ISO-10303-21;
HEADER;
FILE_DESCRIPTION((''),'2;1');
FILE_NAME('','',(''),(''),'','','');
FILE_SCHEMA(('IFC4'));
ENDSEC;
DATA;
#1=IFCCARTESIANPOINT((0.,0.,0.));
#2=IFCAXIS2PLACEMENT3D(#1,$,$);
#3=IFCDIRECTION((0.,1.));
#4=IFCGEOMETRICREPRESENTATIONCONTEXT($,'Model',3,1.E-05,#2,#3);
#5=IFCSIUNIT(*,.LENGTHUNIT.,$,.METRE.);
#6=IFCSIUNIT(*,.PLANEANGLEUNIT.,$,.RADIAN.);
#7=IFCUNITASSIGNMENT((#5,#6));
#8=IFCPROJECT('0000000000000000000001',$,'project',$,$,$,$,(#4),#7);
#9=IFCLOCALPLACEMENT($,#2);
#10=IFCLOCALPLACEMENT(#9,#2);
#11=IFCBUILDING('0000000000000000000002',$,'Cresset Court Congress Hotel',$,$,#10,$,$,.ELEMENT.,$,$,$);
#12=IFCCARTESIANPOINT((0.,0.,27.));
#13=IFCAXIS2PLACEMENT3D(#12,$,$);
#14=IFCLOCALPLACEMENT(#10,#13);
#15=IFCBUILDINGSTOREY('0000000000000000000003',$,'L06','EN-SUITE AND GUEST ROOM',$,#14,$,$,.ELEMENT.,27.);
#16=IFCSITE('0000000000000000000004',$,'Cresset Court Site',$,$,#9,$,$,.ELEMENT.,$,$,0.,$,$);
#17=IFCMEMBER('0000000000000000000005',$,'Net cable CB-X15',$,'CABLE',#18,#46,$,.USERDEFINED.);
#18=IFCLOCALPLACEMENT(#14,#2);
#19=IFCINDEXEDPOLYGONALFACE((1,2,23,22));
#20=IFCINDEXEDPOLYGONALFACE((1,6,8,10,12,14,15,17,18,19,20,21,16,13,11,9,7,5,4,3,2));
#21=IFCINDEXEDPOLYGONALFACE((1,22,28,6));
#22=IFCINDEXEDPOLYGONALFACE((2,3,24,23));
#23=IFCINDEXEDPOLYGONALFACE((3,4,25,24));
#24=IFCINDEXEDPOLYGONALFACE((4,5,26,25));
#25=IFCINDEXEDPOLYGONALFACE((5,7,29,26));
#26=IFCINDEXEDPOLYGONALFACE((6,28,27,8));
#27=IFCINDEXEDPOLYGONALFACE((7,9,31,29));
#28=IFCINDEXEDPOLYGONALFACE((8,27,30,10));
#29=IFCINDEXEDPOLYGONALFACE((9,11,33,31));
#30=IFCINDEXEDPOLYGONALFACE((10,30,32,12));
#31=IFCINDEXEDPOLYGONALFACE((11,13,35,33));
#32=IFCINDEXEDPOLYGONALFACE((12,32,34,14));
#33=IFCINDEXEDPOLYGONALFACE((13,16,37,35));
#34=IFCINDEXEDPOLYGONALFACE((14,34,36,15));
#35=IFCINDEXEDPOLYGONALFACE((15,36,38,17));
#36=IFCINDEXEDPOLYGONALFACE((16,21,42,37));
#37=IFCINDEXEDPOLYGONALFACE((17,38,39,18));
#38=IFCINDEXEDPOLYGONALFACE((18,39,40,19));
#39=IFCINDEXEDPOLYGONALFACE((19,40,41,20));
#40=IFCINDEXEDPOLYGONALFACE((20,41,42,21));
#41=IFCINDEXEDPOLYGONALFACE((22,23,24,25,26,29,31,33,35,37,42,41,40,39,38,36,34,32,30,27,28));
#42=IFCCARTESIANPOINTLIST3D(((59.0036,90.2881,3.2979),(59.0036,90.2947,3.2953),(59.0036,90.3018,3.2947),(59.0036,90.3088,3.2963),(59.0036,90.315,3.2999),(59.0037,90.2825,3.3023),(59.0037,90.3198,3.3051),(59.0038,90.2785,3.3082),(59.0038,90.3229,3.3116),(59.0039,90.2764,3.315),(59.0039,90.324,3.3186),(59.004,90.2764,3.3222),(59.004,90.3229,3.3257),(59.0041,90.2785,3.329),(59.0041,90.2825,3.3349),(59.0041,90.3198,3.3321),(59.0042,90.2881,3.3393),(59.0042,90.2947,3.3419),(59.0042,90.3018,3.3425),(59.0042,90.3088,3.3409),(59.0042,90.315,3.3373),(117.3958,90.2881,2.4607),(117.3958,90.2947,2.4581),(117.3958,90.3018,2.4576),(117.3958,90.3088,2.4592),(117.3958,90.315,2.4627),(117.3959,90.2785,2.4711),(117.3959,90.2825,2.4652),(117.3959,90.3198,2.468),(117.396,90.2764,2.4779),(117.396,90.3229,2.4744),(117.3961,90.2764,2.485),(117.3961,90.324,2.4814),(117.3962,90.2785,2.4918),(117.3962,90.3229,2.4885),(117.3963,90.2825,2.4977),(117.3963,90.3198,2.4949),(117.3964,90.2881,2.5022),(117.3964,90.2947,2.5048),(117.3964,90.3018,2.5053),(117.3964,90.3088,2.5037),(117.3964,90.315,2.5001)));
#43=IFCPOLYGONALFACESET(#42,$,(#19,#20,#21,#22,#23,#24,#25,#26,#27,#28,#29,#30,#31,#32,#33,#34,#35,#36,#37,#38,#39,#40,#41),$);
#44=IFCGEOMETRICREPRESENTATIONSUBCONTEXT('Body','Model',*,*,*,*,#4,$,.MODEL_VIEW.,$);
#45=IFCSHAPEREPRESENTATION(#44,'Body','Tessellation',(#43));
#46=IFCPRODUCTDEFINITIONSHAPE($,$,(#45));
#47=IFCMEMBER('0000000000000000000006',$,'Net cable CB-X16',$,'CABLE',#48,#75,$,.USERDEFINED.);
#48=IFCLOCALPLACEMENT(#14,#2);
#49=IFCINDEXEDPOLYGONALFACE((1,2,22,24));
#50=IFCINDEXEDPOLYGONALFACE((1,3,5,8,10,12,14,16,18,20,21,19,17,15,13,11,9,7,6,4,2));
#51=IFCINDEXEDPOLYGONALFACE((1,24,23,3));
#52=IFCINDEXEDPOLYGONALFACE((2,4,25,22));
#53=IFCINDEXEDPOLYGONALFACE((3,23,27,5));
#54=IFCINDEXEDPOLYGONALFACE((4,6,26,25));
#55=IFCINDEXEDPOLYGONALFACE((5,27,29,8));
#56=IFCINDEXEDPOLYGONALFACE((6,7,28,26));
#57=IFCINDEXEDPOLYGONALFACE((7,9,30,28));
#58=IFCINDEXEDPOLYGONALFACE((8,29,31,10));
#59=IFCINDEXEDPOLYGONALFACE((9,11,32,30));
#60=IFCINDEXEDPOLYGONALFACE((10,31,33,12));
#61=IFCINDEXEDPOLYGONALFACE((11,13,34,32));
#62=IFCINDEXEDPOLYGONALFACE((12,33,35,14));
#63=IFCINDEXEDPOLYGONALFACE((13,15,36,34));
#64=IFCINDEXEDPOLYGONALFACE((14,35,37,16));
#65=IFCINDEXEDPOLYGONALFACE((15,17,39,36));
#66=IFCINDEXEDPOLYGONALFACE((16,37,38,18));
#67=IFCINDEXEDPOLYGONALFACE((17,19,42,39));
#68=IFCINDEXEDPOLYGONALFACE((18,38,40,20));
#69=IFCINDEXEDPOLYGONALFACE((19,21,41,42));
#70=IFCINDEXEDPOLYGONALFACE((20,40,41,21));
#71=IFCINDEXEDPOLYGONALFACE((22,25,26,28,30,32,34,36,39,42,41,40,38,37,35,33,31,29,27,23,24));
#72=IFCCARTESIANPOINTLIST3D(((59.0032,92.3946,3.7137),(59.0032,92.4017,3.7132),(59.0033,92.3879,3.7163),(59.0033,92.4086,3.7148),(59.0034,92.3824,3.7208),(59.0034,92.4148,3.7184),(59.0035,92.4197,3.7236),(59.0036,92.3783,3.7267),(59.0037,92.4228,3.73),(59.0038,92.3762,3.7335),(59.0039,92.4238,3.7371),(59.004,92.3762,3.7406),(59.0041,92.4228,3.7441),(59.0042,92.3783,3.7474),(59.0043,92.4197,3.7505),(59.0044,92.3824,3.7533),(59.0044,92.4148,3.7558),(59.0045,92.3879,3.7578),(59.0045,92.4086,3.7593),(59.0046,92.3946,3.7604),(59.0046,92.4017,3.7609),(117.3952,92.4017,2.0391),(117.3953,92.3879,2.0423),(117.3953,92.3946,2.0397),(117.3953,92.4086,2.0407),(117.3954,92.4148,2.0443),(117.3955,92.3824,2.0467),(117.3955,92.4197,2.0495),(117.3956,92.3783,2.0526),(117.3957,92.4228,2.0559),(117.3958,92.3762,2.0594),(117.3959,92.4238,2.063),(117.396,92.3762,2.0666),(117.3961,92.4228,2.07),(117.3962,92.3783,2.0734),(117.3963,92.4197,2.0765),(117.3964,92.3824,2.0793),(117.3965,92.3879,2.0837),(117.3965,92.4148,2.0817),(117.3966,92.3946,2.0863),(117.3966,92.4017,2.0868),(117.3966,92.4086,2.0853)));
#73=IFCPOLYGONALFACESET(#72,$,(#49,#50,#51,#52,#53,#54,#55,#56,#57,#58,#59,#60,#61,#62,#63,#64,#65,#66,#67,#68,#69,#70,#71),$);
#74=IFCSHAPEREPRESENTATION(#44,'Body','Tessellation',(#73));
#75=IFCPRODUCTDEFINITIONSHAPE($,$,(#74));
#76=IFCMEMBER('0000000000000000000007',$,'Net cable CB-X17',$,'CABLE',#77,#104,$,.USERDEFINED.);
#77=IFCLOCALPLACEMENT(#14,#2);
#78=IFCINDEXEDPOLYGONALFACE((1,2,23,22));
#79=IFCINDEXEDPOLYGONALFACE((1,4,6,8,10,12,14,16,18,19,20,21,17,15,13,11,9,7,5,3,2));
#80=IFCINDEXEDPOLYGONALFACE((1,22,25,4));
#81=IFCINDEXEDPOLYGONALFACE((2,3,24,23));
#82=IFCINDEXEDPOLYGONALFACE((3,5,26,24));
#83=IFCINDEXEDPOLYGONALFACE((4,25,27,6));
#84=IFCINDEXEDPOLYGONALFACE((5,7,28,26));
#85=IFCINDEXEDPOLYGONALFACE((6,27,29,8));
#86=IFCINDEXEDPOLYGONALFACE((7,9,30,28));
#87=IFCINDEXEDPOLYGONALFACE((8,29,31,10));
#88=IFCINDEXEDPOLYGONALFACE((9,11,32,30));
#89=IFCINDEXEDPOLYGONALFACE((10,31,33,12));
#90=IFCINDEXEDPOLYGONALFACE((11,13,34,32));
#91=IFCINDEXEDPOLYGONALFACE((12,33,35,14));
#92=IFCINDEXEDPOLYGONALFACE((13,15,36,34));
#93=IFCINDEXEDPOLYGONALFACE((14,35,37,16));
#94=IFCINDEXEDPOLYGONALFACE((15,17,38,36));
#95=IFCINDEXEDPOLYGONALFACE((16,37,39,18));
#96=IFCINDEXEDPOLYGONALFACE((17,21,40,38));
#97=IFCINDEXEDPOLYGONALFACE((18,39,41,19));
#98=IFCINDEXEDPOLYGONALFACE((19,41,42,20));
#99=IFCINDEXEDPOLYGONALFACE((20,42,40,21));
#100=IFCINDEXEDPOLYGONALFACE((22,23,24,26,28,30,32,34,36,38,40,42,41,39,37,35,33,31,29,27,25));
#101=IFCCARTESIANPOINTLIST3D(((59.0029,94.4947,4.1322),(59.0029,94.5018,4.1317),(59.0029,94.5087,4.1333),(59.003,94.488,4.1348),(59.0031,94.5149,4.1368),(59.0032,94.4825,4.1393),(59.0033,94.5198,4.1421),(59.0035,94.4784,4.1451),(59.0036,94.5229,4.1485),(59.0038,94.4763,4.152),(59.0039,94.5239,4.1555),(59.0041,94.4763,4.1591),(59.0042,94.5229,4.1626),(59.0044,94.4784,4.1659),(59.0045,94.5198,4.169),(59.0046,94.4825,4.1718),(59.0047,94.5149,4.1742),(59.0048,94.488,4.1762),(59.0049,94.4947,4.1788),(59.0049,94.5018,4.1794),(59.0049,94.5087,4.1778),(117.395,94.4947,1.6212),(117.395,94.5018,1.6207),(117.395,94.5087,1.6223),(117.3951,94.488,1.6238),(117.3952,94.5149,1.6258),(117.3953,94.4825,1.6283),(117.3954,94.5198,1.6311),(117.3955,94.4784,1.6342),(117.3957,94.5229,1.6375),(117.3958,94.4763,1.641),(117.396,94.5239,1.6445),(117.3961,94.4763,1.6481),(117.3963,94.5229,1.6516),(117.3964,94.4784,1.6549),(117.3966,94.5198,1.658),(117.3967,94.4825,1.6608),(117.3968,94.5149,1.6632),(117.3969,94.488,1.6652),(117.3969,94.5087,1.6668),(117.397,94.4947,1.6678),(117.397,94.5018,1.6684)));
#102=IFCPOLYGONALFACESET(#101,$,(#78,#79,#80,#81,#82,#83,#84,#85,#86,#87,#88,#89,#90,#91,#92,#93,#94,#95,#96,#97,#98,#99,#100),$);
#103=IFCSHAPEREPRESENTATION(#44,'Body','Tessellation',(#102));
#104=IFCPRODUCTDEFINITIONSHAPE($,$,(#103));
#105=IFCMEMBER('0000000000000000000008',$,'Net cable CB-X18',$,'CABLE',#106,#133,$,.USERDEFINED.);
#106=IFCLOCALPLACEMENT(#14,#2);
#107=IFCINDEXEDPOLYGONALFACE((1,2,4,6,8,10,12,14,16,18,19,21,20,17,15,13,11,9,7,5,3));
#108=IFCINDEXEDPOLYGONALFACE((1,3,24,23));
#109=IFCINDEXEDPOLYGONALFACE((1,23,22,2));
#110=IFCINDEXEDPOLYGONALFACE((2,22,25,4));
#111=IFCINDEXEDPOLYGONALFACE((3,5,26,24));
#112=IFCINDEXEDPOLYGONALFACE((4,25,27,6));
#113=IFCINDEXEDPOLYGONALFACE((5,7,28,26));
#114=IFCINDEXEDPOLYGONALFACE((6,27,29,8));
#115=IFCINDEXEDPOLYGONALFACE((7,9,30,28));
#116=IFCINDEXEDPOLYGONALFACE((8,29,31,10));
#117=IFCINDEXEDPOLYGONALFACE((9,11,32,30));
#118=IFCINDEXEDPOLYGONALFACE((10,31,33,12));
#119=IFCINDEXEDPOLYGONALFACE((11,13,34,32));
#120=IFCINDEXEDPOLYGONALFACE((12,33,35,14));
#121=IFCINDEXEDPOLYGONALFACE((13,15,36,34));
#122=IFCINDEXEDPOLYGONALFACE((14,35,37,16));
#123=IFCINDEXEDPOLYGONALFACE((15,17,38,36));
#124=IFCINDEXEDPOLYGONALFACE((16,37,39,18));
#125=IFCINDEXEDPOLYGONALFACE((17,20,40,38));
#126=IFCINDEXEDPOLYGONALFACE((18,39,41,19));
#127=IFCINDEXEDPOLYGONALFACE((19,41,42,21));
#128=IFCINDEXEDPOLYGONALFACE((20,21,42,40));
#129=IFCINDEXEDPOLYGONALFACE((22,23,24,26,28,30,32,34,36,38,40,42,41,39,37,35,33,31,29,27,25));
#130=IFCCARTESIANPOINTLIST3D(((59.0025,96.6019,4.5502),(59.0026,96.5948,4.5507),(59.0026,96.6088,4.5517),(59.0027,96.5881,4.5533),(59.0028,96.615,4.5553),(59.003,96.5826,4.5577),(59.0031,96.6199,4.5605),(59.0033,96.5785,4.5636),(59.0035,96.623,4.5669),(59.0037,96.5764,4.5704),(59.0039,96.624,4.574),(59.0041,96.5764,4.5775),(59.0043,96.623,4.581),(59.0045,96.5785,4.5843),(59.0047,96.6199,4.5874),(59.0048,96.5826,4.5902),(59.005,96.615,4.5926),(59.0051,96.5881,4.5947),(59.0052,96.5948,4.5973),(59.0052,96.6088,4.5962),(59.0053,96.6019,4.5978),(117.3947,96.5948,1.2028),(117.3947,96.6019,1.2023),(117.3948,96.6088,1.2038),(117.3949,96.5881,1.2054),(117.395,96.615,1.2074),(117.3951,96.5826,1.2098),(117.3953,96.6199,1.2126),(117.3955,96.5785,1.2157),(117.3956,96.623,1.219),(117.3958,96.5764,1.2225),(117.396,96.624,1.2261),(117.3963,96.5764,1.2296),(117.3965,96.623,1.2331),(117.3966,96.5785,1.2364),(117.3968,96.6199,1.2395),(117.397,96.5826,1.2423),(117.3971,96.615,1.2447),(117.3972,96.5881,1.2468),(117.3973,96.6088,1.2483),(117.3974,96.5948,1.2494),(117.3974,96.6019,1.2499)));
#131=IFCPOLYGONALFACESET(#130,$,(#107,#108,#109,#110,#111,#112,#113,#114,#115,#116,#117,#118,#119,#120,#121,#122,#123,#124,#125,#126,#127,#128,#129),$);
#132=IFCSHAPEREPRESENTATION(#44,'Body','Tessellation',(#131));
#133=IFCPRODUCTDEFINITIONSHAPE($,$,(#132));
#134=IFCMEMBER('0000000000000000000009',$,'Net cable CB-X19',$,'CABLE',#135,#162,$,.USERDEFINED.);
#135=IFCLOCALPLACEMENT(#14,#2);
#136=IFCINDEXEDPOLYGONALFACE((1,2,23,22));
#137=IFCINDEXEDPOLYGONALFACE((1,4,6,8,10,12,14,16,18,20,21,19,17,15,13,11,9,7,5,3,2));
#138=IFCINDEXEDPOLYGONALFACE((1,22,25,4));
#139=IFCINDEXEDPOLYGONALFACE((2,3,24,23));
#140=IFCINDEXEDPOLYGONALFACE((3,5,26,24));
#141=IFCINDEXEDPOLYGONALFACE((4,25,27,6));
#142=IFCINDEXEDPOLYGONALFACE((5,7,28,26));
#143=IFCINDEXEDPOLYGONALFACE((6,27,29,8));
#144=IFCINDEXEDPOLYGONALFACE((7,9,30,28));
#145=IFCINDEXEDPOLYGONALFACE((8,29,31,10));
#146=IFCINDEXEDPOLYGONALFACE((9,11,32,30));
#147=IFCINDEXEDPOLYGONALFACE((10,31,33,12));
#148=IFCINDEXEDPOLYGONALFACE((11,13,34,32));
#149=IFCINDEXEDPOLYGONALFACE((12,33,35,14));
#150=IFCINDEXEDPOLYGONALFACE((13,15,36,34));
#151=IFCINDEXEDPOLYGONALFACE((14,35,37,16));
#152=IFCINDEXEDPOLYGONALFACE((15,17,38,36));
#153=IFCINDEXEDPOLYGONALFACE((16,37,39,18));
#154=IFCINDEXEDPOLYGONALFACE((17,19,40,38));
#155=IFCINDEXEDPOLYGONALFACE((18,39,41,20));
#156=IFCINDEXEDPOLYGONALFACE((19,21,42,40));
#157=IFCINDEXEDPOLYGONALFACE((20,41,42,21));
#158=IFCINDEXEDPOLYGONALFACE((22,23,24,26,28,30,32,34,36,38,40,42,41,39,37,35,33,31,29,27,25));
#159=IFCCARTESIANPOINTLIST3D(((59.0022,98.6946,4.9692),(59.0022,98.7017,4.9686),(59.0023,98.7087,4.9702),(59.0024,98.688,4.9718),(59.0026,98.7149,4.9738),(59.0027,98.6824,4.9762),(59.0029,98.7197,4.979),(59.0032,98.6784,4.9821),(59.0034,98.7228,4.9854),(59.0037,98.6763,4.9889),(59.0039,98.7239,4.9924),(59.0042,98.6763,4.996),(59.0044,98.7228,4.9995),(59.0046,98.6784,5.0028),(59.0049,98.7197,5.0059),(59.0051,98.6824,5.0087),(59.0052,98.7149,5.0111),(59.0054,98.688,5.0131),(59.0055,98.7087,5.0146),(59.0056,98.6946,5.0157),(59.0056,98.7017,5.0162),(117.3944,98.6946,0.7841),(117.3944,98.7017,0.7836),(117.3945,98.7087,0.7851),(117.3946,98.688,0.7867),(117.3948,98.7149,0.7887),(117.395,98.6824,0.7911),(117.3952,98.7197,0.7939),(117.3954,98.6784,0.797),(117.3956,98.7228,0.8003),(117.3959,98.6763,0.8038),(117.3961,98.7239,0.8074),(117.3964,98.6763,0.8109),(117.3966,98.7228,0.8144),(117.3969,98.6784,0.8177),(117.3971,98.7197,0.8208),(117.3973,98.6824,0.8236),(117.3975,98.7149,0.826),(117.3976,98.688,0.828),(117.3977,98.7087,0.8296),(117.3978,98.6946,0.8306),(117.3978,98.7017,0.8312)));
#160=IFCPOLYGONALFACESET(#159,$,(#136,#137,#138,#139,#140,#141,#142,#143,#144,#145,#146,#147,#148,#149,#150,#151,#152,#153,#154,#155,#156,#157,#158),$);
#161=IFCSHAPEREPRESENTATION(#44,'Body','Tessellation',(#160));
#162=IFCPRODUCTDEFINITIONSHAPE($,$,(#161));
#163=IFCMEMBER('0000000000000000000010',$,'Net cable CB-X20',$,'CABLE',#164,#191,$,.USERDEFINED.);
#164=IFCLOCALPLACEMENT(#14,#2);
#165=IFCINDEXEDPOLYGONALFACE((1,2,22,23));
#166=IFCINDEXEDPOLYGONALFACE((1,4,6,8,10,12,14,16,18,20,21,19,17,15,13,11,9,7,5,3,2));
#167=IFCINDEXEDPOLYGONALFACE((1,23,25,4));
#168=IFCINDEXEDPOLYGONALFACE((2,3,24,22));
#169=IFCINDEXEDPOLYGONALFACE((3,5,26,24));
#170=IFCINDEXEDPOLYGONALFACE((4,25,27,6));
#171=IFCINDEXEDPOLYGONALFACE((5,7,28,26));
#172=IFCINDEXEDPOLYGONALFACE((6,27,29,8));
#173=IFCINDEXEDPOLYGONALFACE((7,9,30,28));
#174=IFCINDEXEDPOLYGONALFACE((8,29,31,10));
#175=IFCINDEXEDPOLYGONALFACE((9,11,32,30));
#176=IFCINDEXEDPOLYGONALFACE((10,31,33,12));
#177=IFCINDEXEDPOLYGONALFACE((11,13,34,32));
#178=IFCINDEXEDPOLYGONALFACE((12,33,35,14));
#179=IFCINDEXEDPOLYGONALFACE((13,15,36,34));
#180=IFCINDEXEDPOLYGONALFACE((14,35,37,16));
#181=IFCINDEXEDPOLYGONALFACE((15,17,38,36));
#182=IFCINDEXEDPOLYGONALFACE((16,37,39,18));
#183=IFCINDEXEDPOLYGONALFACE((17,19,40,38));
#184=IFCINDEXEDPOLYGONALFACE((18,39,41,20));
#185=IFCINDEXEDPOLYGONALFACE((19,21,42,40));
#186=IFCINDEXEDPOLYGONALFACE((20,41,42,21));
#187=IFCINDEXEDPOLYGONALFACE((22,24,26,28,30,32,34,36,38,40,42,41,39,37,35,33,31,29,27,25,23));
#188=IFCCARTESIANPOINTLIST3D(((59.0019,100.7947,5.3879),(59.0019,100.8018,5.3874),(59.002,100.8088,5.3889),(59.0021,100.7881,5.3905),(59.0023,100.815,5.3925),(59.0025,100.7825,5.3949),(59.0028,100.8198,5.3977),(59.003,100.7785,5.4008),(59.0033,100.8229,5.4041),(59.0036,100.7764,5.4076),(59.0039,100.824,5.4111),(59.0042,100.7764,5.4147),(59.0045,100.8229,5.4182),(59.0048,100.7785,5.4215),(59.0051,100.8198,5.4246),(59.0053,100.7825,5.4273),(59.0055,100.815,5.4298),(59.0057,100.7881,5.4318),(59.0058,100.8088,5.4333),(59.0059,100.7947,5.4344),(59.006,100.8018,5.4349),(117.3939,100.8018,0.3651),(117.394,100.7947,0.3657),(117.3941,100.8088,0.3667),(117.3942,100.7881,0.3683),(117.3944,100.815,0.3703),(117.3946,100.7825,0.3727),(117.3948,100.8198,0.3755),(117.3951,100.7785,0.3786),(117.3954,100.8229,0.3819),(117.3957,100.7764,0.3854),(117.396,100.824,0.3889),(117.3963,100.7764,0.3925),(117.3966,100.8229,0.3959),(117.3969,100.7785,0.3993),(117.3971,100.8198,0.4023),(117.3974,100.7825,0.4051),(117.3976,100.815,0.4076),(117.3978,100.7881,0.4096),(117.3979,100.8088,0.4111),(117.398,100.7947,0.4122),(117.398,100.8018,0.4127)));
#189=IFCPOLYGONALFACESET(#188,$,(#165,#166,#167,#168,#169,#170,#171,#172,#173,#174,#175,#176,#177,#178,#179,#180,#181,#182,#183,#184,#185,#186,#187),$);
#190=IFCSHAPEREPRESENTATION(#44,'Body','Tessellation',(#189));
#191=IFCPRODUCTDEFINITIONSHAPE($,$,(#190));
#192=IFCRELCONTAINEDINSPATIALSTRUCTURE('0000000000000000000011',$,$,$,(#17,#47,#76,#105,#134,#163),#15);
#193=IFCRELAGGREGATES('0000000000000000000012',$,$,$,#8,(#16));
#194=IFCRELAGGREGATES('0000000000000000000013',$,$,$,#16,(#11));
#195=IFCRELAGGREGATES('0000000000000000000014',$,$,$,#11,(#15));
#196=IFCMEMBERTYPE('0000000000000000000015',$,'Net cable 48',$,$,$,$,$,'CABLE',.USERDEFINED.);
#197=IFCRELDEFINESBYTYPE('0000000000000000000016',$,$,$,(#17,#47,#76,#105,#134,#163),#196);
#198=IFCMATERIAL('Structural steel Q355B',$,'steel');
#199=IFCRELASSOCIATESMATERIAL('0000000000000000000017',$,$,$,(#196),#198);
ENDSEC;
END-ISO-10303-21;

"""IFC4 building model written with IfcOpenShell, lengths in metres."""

from ifc_helpers import new_model, si_unit, direction, frame, origin, origin_2d, place, context, subcontext, project, spatial, circle, extrude, material, material_profile, profile_set, type_object, element, save


model = new_model("IFC4")

# Units and contexts
model_context = context("Model", 3, precision=1e-05, world=origin(), true_north=direction((0.0, 1.0)))
body_context = subcontext(model_context, "Body", "Model", "MODEL_VIEW")
ifc_project = project(units=[si_unit("LENGTHUNIT", "METRE"), si_unit("PLANEANGLEUNIT", "RADIAN")], contexts=[model_context])

# Site, building, storey
site_placement = place(None, origin())
site = spatial("IfcSite", under=ifc_project, at=site_placement, Name="Cresset Court Site", CompositionType="ELEMENT", RefElevation=0.0)
building_placement = place(site_placement, origin())
building = spatial("IfcBuilding", under=site, at=building_placement, Name="Cresset Court Congress Hotel", CompositionType="ELEMENT")
storey_placement = place(building_placement, frame((0.0, 0.0, 27.0)))
storey = spatial("IfcBuildingStorey", under=building, at=storey_placement, Name="L06", Description="EN-SUITE AND GUEST ROOM", CompositionType="ELEMENT", Elevation=27.0)

# Members
ifc_material_1 = material(Name="Structural steel Q355B", Category="steel")
ifc_material_profile_1 = material_profile(ifc_material_1, circle(Radius=0.0239, at=origin_2d()), Name="CABLE48")
ifc_profile_set_1 = profile_set([ifc_material_profile_1], Name="Structural steel Q355B")
member_type_1 = type_object("IfcMemberType", Name="Net cable 48", ElementType="CABLE", PredefinedType="USERDEFINED", material=ifc_profile_set_1)
member_1_placement = place(storey_placement, frame((59.0039, 90.3, 3.3186), z_axis=(0.999897, 0.0, -0.014335), x_axis=(0.0, 1.0, 0.0)))
element("IfcMember", 1, at=member_1_placement, inside=storey, type_object=member_type_1, Name="Net cable CB-X15", ObjectType="CABLE", PredefinedType="USERDEFINED", context=body_context, shape_type="SweptSolid", body=[
    extrude(circle(Radius=0.0239, at=origin_2d()), origin(), (0.0, 0.0, 1.0), 58.3982),
])
member_2_placement = place(storey_placement, frame((59.0039, 92.3999, 3.7371), z_axis=(0.999589, 0.0, -0.028658), x_axis=(0.0, 1.0, 0.0)))
element("IfcMember", 2, at=member_2_placement, inside=storey, type_object=member_type_1, Name="Net cable CB-X16", ObjectType="CABLE", PredefinedType="USERDEFINED", context=body_context, shape_type="SweptSolid", body=[
    extrude(circle(Radius=0.0239, at=origin_2d()), origin(), (0.0, 0.0, 1.0), 58.416),
])
member_3_placement = place(storey_placement, frame((59.0039, 94.5, 4.1555), z_axis=(0.999077, 0.0, -0.042962), x_axis=(0.0, 1.0, 0.0)))
element("IfcMember", 3, at=member_3_placement, inside=storey, type_object=member_type_1, Name="Net cable CB-X17", ObjectType="CABLE", PredefinedType="USERDEFINED", context=body_context, shape_type="SweptSolid", body=[
    extrude(circle(Radius=0.0239, at=origin_2d()), origin(), (0.0, 0.0, 1.0), 58.446),
])
member_4_placement = place(storey_placement, frame((59.0039, 96.6001, 4.574), z_axis=(0.99836, 0.0, -0.057241), x_axis=(0.0, 1.0, 0.0)))
element("IfcMember", 4, at=member_4_placement, inside=storey, type_object=member_type_1, Name="Net cable CB-X18", ObjectType="CABLE", PredefinedType="USERDEFINED", context=body_context, shape_type="SweptSolid", body=[
    extrude(circle(Radius=0.0239, at=origin_2d()), origin(), (0.0, 0.0, 1.0), 58.488),
])
member_5_placement = place(storey_placement, frame((59.0039, 98.7, 4.9924), z_axis=(0.997441, 0.0, -0.071488), x_axis=(0.0, 1.0, 0.0)))
element("IfcMember", 5, at=member_5_placement, inside=storey, type_object=member_type_1, Name="Net cable CB-X19", ObjectType="CABLE", PredefinedType="USERDEFINED", context=body_context, shape_type="SweptSolid", body=[
    extrude(circle(Radius=0.0239, at=origin_2d()), origin(), (0.0, 0.0, 1.0), 58.542),
])
member_6_placement = place(storey_placement, frame((59.0039, 100.8, 5.4111), z_axis=(0.996322, 0.0, -0.085692), x_axis=(0.0, 1.0, 0.0)))
element("IfcMember", 6, at=member_6_placement, inside=storey, type_object=member_type_1, Name="Net cable CB-X20", ObjectType="CABLE", PredefinedType="USERDEFINED", context=body_context, shape_type="SweptSolid", body=[
    extrude(circle(Radius=0.0239, at=origin_2d()), origin(), (0.0, 0.0, 1.0), 58.6077),
])

save(model, "model.ifc")
